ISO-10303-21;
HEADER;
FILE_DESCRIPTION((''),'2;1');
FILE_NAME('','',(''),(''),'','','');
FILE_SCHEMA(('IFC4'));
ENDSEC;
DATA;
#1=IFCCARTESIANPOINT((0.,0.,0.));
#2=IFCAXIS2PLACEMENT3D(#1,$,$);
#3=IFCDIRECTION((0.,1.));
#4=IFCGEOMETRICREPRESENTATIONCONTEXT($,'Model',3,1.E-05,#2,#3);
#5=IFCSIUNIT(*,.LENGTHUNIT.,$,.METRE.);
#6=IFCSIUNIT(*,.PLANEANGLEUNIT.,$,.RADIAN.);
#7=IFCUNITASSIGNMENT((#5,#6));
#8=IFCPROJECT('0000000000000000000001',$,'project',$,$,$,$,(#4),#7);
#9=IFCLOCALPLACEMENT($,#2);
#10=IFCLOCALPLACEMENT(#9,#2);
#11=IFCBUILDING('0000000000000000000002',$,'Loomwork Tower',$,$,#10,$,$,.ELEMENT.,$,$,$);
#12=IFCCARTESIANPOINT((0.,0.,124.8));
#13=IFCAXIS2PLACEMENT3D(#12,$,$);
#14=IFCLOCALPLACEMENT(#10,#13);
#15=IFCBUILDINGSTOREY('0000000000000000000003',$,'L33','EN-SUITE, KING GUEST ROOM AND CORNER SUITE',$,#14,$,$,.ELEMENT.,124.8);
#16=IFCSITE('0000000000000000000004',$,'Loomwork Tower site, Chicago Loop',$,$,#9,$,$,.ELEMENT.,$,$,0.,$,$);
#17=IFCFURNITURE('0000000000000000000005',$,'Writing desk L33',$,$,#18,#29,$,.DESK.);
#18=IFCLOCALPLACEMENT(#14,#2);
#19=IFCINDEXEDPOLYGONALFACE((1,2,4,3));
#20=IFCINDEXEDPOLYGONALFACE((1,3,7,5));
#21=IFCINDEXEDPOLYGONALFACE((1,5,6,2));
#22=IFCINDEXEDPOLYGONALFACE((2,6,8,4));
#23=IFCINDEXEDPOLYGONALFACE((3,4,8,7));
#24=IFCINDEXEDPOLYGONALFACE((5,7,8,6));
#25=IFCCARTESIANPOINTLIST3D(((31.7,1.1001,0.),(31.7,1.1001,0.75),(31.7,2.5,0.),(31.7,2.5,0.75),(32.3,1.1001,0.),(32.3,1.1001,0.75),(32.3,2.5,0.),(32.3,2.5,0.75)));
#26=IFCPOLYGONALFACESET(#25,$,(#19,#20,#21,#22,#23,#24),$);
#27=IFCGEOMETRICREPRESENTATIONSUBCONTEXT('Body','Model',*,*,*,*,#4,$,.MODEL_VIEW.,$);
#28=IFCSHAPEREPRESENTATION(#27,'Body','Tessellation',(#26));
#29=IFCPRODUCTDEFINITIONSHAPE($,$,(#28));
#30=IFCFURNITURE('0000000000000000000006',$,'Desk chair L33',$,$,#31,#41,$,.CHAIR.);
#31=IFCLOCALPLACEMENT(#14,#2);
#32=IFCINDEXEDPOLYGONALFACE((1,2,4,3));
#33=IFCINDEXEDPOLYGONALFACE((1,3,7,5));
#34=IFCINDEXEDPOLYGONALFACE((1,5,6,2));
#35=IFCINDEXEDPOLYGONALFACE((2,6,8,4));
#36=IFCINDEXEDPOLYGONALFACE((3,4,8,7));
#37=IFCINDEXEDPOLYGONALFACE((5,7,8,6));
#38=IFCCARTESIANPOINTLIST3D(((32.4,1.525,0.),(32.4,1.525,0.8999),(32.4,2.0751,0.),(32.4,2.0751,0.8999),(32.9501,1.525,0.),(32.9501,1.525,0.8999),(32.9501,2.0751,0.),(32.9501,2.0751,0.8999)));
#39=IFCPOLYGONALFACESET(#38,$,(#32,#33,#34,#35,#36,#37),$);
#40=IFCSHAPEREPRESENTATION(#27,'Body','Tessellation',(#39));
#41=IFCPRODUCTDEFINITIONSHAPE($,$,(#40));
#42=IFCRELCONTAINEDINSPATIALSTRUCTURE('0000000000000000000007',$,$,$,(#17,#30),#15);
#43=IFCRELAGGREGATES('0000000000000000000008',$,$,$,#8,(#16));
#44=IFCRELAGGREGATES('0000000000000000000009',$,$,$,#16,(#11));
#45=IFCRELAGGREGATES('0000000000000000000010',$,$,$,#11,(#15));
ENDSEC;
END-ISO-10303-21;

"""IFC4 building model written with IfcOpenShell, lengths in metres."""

from ifc_helpers import new_model, si_unit, direction, frame, origin, origin_2d, place, context, subcontext, project, spatial, rectangle, extrude, element, save


model = new_model("IFC4")

# Units and contexts
model_context = context("Model", 3, precision=1e-05, world=origin(), true_north=direction((0.0, 1.0)))
body_context = subcontext(model_context, "Body", "Model", "MODEL_VIEW")
ifc_project = project(units=[si_unit("LENGTHUNIT", "METRE"), si_unit("PLANEANGLEUNIT", "RADIAN")], contexts=[model_context])

# Site, building, storey
site_placement = place(None, origin())
site = spatial("IfcSite", under=ifc_project, at=site_placement, Name="Loomwork Tower site, Chicago Loop", CompositionType="ELEMENT", RefElevation=0.0)
building_placement = place(site_placement, origin())
building = spatial("IfcBuilding", under=site, at=building_placement, Name="Loomwork Tower", CompositionType="ELEMENT")
storey_placement = place(building_placement, frame((0.0, 0.0, 124.8)))
storey = spatial("IfcBuildingStorey", under=building, at=storey_placement, Name="L33", Description="EN-SUITE, KING GUEST ROOM AND CORNER SUITE", CompositionType="ELEMENT", Elevation=124.8)

# Furniture
furniture_1_placement = place(storey_placement, frame((32.0, 1.8, 0.0), z_axis=(0.0, 0.0, 1.0), x_axis=(1.0, 0.0, 0.0)))
element("IfcFurniture", 1, at=furniture_1_placement, inside=storey, Name="Writing desk L33", PredefinedType="DESK", context=body_context, shape_type="SweptSolid", body=[
    extrude(rectangle(XDim=0.6001, YDim=1.3999, at=origin_2d()), origin(), (0.0, 0.0, 1.0), 0.75),
])
furniture_2_placement = place(storey_placement, frame((32.675, 1.8, 0.0), z_axis=(0.0, 0.0, 1.0), x_axis=(1.0, 0.0, 0.0)))
element("IfcFurniture", 2, at=furniture_2_placement, inside=storey, Name="Desk chair L33", PredefinedType="CHAIR", context=body_context, shape_type="SweptSolid", body=[
    extrude(rectangle(XDim=0.55, YDim=0.55, at=origin_2d()), origin(), (0.0, 0.0, 1.0), 0.8999),
])

save(model, "model.ifc")
